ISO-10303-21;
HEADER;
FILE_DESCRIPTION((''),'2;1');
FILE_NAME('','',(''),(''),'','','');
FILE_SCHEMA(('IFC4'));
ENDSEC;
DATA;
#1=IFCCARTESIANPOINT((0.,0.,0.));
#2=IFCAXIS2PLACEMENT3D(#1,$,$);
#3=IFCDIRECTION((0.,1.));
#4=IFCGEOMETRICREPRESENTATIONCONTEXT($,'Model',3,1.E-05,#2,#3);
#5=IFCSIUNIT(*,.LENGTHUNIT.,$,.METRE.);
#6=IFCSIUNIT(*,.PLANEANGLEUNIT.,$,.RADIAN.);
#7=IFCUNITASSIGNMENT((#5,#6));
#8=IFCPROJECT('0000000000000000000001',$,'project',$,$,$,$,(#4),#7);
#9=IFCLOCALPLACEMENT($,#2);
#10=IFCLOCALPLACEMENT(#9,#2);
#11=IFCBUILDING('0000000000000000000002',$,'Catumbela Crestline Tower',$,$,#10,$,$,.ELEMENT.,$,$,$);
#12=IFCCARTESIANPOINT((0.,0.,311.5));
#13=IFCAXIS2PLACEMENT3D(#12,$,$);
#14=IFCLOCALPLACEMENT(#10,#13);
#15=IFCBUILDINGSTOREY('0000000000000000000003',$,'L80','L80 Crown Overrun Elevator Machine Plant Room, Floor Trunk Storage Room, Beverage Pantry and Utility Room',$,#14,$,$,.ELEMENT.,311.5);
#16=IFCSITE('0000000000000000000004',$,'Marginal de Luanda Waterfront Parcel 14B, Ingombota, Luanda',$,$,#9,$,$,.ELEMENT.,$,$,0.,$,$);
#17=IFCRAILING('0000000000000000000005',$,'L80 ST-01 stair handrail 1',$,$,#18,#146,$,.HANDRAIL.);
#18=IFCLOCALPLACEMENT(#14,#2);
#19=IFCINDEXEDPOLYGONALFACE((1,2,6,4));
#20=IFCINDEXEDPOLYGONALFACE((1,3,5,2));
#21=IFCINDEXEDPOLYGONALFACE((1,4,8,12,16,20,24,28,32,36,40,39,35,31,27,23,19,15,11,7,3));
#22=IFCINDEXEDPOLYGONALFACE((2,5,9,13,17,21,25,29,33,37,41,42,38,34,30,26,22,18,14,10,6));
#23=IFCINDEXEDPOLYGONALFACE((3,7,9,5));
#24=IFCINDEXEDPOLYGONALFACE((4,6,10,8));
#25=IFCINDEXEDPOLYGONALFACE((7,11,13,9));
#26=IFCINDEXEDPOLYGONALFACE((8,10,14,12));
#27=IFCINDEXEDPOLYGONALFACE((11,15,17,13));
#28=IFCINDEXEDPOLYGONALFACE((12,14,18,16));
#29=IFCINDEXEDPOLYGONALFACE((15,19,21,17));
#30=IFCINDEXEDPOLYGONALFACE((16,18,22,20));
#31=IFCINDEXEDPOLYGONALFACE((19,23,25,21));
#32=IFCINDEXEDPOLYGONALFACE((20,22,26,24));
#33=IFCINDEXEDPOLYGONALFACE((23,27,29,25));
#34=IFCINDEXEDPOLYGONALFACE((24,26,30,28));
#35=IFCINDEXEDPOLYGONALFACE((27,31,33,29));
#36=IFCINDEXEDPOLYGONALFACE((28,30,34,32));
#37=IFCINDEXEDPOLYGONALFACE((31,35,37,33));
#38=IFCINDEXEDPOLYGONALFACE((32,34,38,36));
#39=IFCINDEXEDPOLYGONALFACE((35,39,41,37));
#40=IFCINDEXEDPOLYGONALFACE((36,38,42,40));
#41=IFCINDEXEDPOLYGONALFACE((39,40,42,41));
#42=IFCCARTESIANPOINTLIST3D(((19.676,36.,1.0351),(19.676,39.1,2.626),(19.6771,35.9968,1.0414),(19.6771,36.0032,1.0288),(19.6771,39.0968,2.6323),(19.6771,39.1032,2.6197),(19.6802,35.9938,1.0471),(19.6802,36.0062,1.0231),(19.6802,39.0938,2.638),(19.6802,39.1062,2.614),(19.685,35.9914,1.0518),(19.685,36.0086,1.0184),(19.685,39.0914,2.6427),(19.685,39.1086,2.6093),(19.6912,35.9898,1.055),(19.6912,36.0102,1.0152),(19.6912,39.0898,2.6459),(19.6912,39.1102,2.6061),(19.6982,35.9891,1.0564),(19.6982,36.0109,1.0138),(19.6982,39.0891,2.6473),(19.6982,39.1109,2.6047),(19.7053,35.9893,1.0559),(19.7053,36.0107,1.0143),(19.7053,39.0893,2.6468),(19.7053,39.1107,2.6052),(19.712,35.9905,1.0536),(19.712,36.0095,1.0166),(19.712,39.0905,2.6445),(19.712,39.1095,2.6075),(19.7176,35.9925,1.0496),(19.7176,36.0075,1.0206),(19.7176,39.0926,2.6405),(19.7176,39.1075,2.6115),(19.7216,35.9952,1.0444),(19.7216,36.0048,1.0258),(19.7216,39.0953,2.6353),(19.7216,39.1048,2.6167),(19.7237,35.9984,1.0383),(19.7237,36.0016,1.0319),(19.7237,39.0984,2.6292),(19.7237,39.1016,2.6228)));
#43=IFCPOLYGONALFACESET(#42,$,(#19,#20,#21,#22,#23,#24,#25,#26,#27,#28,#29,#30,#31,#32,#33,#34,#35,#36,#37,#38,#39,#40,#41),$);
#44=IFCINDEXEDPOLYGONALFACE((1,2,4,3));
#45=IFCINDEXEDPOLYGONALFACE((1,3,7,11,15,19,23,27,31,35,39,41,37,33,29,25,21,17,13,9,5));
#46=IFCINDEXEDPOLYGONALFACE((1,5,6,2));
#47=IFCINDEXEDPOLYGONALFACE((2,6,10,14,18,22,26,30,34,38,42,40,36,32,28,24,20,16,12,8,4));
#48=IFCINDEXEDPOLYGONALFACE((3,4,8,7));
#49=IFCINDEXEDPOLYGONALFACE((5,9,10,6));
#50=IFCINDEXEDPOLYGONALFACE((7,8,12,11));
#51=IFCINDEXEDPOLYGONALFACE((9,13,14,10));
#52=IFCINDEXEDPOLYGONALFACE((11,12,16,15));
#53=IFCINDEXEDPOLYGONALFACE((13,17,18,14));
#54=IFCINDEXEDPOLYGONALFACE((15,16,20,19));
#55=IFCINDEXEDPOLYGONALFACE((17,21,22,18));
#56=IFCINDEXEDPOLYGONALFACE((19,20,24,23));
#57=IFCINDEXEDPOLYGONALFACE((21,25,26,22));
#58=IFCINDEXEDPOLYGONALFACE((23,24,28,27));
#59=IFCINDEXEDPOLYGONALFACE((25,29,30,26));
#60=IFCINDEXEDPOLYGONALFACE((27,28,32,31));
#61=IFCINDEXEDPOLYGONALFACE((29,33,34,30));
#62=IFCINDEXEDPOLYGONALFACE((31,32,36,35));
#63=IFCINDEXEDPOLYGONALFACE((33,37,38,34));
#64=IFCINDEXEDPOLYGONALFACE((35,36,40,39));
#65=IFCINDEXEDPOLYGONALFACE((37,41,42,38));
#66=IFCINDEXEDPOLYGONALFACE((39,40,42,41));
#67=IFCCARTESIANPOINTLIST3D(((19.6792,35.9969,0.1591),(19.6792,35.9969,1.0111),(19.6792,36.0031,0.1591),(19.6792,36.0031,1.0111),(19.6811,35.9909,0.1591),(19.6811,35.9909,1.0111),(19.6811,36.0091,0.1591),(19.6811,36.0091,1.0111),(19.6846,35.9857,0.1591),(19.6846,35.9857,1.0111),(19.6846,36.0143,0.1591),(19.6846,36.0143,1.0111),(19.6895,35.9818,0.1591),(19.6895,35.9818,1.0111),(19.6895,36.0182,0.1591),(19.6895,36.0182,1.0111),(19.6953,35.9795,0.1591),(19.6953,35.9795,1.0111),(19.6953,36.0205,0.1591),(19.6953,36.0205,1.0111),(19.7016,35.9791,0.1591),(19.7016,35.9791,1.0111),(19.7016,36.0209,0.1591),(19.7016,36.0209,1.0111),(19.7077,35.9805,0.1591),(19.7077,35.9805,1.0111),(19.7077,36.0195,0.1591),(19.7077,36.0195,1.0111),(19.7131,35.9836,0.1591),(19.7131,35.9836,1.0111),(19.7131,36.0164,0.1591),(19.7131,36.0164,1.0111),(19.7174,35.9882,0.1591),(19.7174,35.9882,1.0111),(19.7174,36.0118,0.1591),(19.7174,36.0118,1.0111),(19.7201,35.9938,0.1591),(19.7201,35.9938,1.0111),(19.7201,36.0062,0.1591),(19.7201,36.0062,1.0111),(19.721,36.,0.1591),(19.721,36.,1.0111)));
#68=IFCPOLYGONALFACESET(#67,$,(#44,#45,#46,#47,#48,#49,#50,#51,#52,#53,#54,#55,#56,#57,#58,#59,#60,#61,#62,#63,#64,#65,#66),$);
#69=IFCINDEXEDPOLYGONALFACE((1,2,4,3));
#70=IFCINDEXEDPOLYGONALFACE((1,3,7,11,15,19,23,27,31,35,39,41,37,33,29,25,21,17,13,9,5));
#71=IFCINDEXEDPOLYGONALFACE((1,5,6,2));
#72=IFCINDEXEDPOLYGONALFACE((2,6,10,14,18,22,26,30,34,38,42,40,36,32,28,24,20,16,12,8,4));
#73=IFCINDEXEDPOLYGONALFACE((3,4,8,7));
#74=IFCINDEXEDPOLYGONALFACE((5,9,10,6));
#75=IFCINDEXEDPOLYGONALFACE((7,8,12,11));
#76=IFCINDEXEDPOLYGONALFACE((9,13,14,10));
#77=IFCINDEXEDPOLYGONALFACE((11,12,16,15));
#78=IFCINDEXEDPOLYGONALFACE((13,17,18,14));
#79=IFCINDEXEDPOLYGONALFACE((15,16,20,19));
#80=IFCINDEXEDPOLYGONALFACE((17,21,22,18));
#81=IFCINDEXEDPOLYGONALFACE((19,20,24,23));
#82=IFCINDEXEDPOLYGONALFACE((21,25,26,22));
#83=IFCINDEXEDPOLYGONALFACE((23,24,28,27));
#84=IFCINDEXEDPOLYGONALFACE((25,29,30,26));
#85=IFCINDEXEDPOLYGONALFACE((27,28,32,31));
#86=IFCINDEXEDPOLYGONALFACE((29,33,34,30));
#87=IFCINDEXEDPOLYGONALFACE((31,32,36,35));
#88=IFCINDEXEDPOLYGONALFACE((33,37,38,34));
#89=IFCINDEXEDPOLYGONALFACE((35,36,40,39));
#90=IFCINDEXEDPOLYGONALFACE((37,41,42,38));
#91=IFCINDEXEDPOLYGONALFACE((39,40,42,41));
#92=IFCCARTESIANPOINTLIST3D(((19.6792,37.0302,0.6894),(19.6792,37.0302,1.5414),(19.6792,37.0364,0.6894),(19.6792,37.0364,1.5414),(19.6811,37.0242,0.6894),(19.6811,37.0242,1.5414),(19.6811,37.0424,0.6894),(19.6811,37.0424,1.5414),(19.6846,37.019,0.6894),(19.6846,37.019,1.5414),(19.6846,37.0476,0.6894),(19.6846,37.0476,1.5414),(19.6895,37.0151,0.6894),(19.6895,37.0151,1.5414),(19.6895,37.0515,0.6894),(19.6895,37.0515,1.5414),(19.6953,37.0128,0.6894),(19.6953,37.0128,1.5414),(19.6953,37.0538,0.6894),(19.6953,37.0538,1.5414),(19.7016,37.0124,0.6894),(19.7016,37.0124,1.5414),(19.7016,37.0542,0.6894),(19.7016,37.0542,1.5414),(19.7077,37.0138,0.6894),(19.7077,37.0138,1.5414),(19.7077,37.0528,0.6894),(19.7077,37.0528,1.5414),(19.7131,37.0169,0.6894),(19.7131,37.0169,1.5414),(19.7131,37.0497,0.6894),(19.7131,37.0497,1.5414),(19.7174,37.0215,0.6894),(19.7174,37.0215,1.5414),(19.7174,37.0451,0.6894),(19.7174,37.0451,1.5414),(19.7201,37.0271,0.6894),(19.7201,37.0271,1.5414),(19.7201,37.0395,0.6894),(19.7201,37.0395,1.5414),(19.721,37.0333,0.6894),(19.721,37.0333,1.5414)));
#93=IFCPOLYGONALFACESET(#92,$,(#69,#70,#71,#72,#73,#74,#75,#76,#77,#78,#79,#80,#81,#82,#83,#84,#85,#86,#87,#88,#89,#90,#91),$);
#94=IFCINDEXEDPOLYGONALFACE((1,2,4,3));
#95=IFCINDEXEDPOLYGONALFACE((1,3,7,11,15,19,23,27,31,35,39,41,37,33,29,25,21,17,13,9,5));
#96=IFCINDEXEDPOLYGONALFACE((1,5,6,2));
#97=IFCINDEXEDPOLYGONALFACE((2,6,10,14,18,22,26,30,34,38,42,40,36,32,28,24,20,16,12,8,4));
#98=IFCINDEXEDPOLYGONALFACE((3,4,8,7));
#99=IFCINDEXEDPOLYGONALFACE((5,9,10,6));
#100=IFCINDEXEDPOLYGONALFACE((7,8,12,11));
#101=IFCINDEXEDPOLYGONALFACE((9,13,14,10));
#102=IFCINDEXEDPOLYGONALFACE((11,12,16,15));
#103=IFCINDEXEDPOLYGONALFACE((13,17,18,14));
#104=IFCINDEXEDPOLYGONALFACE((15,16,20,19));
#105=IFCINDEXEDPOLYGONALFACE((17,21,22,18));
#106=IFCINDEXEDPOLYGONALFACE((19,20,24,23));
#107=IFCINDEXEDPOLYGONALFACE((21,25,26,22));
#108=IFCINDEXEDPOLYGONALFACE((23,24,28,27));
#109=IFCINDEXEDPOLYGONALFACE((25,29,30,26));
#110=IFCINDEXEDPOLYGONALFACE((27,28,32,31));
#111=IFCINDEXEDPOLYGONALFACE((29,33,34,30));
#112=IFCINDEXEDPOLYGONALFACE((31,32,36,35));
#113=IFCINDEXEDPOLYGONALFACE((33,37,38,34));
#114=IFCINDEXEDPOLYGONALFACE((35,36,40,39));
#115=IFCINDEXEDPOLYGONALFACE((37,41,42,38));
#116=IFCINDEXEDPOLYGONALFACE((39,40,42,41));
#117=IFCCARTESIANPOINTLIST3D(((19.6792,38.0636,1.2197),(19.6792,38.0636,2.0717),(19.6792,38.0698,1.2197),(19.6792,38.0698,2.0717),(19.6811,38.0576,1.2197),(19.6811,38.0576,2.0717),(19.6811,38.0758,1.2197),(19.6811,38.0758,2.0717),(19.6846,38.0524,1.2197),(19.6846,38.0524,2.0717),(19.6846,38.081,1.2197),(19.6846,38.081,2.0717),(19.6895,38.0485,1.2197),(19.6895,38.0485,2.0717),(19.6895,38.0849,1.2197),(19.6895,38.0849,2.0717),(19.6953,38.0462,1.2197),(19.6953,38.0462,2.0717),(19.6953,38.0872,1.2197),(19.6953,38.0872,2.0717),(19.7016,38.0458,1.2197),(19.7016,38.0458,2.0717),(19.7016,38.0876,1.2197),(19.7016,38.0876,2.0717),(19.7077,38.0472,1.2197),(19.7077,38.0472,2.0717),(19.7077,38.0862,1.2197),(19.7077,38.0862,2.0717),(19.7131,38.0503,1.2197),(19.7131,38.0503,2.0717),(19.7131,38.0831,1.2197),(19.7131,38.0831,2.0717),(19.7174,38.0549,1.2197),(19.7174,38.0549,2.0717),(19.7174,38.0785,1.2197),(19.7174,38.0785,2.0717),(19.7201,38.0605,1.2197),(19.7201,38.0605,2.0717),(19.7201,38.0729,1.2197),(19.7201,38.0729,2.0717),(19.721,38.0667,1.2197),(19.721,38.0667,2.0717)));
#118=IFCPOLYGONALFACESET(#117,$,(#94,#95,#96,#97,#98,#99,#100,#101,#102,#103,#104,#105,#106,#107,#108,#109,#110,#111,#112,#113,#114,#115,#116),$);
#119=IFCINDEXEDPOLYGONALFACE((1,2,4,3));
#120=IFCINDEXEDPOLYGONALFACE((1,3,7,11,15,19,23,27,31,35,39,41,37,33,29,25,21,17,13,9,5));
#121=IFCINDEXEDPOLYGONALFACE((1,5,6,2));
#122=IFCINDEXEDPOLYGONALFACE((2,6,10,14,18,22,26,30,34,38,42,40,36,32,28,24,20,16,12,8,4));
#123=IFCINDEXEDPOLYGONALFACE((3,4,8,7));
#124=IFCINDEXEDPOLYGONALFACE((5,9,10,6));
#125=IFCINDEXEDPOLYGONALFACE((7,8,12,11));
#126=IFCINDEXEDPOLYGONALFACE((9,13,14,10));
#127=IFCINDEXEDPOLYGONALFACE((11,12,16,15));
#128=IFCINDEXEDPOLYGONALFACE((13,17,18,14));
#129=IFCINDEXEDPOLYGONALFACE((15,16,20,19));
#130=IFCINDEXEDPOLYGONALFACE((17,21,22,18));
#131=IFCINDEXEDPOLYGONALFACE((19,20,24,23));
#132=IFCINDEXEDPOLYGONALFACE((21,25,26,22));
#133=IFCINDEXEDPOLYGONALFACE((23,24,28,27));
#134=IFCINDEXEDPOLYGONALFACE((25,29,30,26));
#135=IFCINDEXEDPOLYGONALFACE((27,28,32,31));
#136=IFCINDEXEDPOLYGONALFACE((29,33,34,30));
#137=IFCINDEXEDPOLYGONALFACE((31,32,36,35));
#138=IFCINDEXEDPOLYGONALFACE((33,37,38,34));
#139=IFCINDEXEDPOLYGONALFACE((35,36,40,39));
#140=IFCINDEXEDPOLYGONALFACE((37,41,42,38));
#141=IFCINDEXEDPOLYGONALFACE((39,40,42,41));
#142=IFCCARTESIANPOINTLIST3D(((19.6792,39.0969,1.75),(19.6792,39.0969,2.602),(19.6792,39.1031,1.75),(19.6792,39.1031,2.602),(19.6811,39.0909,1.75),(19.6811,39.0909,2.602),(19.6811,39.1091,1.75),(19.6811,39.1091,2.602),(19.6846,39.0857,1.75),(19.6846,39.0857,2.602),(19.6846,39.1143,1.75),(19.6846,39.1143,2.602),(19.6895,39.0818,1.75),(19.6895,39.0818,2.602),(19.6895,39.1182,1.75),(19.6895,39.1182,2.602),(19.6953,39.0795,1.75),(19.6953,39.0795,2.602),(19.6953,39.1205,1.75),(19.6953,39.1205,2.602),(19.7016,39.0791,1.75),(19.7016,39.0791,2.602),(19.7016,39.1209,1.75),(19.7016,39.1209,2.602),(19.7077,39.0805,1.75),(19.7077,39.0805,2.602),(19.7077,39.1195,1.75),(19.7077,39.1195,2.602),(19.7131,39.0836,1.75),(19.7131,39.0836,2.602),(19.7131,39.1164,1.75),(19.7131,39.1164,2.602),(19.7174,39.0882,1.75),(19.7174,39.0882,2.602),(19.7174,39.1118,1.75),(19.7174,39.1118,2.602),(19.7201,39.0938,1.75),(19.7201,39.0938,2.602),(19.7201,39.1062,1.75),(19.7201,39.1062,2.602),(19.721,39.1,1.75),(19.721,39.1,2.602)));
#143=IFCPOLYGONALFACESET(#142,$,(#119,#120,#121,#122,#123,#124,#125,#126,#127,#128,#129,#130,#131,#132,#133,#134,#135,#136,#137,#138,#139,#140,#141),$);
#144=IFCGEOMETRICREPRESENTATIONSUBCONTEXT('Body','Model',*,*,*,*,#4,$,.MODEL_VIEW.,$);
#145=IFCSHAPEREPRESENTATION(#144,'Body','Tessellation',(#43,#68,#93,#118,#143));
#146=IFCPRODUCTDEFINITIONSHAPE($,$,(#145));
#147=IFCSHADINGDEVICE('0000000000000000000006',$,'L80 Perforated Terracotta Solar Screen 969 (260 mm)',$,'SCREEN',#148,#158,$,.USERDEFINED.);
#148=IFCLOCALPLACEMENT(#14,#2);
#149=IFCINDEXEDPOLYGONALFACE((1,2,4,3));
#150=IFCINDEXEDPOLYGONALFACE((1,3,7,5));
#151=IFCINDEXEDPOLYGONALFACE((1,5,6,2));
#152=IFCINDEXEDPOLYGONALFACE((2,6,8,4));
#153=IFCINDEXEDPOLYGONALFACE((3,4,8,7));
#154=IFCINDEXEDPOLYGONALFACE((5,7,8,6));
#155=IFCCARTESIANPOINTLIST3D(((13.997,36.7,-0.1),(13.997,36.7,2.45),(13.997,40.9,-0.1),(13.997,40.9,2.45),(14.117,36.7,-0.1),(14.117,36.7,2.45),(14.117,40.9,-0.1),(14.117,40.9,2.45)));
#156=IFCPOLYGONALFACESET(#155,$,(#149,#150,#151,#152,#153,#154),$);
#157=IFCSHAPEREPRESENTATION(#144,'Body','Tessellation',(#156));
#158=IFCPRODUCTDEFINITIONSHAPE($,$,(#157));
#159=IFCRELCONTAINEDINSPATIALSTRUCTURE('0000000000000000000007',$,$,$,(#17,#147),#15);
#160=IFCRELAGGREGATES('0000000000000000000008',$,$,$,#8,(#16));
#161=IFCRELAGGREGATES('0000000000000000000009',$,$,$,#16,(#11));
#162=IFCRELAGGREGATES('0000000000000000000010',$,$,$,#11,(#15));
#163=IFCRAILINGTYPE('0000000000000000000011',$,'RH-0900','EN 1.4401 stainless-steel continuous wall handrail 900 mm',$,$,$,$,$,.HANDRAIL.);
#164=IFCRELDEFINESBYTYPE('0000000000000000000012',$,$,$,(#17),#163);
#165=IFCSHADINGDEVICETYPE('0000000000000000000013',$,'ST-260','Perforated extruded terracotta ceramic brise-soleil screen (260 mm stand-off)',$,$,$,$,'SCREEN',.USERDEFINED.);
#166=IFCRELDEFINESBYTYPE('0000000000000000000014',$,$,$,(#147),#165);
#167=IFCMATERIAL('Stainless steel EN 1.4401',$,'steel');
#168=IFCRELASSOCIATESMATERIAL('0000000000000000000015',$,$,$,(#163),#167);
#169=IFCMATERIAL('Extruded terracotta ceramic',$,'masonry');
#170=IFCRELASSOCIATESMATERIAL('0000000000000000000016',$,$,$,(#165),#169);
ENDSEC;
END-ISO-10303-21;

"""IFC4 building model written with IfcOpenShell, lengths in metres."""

from ifc_helpers import new_model, si_unit, direction, frame, origin, origin_2d, place, context, subcontext, project, spatial, rectangle, circle, extrude, material, type_object, element, save


model = new_model("IFC4")

# Units and contexts
model_context = context("Model", 3, precision=1e-05, world=origin(), true_north=direction((0.0, 1.0)))
body_context = subcontext(model_context, "Body", "Model", "MODEL_VIEW")
ifc_project = project(units=[si_unit("LENGTHUNIT", "METRE"), si_unit("PLANEANGLEUNIT", "RADIAN")], contexts=[model_context])

# Site, building, storey
site_placement = place(None, origin())
site = spatial("IfcSite", under=ifc_project, at=site_placement, Name="Marginal de Luanda Waterfront Parcel 14B, Ingombota, Luanda", CompositionType="ELEMENT", RefElevation=0.0)
building_placement = place(site_placement, origin())
building = spatial("IfcBuilding", under=site, at=building_placement, Name="Catumbela Crestline Tower", CompositionType="ELEMENT")
storey_placement = place(building_placement, frame((0.0, 0.0, 311.5)))
storey = spatial("IfcBuildingStorey", under=building, at=storey_placement, Name="L80", Description="L80 Crown Overrun Elevator Machine Plant Room, Floor Trunk Storage Room, Beverage Pantry and Utility Room", CompositionType="ELEMENT", Elevation=311.5)

# Shared definitions
ifc_material_1 = material(Name="Stainless steel EN 1.4401", Category="steel")

# Railing
railing_type_1 = type_object("IfcRailingType", Name="RH-0900", Description="EN 1.4401 stainless-steel continuous wall handrail 900 mm", PredefinedType="HANDRAIL", material=ifc_material_1)
railing_1_placement = place(storey_placement, frame((19.7, 36.0, 0.1591)))
element("IfcRailing", 1, at=railing_1_placement, inside=storey, type_object=railing_type_1, Name="L80 ST-01 stair handrail 1", PredefinedType="HANDRAIL", context=body_context, shape_type="SweptSolid", body=[
    extrude(circle(Radius=0.024, at=origin_2d()), frame((0.0, 0.0, 0.876), z_axis=(0.0, 0.889683, 0.456579), x_axis=(-1.0, 0.0, 0.0)), (0.0, 0.0, 1.0), 3.4844),
    extrude(circle(Radius=0.021, at=origin_2d()), origin(), (0.0, 0.0, 1.0), 0.852),
    extrude(circle(Radius=0.021, at=origin_2d()), frame((0.0, 1.0333, 0.5303)), (0.0, 0.0, 1.0), 0.852),
    extrude(circle(Radius=0.021, at=origin_2d()), frame((0.0, 2.0667, 1.0606)), (0.0, 0.0, 1.0), 0.852),
    extrude(circle(Radius=0.021, at=origin_2d()), frame((0.0, 3.1, 1.5909)), (0.0, 0.0, 1.0), 0.852),
])

# Shading device
ifc_material_2 = material(Name="Extruded terracotta ceramic", Category="masonry")
shading_device_type = type_object("IfcShadingDeviceType", Name="ST-260", Description="Perforated extruded terracotta ceramic brise-soleil screen (260 mm stand-off)", ElementType="SCREEN", PredefinedType="USERDEFINED", material=ifc_material_2)
shading_device_placement = place(storey_placement, frame((14.057, 38.8, -0.1), z_axis=(0.0, 0.0, 1.0), x_axis=(0.0, -1.0, 0.0)))
element("IfcShadingDevice", 2, at=shading_device_placement, inside=storey, type_object=shading_device_type, Name="L80 Perforated Terracotta Solar Screen 969 (260 mm)", ObjectType="SCREEN", PredefinedType="USERDEFINED", context=body_context, shape_type="SweptSolid", body=[
    extrude(rectangle(XDim=4.2, YDim=0.12, at=origin_2d()), origin(), (0.0, 0.0, 1.0), 2.55),
])

save(model, "model.ifc")
